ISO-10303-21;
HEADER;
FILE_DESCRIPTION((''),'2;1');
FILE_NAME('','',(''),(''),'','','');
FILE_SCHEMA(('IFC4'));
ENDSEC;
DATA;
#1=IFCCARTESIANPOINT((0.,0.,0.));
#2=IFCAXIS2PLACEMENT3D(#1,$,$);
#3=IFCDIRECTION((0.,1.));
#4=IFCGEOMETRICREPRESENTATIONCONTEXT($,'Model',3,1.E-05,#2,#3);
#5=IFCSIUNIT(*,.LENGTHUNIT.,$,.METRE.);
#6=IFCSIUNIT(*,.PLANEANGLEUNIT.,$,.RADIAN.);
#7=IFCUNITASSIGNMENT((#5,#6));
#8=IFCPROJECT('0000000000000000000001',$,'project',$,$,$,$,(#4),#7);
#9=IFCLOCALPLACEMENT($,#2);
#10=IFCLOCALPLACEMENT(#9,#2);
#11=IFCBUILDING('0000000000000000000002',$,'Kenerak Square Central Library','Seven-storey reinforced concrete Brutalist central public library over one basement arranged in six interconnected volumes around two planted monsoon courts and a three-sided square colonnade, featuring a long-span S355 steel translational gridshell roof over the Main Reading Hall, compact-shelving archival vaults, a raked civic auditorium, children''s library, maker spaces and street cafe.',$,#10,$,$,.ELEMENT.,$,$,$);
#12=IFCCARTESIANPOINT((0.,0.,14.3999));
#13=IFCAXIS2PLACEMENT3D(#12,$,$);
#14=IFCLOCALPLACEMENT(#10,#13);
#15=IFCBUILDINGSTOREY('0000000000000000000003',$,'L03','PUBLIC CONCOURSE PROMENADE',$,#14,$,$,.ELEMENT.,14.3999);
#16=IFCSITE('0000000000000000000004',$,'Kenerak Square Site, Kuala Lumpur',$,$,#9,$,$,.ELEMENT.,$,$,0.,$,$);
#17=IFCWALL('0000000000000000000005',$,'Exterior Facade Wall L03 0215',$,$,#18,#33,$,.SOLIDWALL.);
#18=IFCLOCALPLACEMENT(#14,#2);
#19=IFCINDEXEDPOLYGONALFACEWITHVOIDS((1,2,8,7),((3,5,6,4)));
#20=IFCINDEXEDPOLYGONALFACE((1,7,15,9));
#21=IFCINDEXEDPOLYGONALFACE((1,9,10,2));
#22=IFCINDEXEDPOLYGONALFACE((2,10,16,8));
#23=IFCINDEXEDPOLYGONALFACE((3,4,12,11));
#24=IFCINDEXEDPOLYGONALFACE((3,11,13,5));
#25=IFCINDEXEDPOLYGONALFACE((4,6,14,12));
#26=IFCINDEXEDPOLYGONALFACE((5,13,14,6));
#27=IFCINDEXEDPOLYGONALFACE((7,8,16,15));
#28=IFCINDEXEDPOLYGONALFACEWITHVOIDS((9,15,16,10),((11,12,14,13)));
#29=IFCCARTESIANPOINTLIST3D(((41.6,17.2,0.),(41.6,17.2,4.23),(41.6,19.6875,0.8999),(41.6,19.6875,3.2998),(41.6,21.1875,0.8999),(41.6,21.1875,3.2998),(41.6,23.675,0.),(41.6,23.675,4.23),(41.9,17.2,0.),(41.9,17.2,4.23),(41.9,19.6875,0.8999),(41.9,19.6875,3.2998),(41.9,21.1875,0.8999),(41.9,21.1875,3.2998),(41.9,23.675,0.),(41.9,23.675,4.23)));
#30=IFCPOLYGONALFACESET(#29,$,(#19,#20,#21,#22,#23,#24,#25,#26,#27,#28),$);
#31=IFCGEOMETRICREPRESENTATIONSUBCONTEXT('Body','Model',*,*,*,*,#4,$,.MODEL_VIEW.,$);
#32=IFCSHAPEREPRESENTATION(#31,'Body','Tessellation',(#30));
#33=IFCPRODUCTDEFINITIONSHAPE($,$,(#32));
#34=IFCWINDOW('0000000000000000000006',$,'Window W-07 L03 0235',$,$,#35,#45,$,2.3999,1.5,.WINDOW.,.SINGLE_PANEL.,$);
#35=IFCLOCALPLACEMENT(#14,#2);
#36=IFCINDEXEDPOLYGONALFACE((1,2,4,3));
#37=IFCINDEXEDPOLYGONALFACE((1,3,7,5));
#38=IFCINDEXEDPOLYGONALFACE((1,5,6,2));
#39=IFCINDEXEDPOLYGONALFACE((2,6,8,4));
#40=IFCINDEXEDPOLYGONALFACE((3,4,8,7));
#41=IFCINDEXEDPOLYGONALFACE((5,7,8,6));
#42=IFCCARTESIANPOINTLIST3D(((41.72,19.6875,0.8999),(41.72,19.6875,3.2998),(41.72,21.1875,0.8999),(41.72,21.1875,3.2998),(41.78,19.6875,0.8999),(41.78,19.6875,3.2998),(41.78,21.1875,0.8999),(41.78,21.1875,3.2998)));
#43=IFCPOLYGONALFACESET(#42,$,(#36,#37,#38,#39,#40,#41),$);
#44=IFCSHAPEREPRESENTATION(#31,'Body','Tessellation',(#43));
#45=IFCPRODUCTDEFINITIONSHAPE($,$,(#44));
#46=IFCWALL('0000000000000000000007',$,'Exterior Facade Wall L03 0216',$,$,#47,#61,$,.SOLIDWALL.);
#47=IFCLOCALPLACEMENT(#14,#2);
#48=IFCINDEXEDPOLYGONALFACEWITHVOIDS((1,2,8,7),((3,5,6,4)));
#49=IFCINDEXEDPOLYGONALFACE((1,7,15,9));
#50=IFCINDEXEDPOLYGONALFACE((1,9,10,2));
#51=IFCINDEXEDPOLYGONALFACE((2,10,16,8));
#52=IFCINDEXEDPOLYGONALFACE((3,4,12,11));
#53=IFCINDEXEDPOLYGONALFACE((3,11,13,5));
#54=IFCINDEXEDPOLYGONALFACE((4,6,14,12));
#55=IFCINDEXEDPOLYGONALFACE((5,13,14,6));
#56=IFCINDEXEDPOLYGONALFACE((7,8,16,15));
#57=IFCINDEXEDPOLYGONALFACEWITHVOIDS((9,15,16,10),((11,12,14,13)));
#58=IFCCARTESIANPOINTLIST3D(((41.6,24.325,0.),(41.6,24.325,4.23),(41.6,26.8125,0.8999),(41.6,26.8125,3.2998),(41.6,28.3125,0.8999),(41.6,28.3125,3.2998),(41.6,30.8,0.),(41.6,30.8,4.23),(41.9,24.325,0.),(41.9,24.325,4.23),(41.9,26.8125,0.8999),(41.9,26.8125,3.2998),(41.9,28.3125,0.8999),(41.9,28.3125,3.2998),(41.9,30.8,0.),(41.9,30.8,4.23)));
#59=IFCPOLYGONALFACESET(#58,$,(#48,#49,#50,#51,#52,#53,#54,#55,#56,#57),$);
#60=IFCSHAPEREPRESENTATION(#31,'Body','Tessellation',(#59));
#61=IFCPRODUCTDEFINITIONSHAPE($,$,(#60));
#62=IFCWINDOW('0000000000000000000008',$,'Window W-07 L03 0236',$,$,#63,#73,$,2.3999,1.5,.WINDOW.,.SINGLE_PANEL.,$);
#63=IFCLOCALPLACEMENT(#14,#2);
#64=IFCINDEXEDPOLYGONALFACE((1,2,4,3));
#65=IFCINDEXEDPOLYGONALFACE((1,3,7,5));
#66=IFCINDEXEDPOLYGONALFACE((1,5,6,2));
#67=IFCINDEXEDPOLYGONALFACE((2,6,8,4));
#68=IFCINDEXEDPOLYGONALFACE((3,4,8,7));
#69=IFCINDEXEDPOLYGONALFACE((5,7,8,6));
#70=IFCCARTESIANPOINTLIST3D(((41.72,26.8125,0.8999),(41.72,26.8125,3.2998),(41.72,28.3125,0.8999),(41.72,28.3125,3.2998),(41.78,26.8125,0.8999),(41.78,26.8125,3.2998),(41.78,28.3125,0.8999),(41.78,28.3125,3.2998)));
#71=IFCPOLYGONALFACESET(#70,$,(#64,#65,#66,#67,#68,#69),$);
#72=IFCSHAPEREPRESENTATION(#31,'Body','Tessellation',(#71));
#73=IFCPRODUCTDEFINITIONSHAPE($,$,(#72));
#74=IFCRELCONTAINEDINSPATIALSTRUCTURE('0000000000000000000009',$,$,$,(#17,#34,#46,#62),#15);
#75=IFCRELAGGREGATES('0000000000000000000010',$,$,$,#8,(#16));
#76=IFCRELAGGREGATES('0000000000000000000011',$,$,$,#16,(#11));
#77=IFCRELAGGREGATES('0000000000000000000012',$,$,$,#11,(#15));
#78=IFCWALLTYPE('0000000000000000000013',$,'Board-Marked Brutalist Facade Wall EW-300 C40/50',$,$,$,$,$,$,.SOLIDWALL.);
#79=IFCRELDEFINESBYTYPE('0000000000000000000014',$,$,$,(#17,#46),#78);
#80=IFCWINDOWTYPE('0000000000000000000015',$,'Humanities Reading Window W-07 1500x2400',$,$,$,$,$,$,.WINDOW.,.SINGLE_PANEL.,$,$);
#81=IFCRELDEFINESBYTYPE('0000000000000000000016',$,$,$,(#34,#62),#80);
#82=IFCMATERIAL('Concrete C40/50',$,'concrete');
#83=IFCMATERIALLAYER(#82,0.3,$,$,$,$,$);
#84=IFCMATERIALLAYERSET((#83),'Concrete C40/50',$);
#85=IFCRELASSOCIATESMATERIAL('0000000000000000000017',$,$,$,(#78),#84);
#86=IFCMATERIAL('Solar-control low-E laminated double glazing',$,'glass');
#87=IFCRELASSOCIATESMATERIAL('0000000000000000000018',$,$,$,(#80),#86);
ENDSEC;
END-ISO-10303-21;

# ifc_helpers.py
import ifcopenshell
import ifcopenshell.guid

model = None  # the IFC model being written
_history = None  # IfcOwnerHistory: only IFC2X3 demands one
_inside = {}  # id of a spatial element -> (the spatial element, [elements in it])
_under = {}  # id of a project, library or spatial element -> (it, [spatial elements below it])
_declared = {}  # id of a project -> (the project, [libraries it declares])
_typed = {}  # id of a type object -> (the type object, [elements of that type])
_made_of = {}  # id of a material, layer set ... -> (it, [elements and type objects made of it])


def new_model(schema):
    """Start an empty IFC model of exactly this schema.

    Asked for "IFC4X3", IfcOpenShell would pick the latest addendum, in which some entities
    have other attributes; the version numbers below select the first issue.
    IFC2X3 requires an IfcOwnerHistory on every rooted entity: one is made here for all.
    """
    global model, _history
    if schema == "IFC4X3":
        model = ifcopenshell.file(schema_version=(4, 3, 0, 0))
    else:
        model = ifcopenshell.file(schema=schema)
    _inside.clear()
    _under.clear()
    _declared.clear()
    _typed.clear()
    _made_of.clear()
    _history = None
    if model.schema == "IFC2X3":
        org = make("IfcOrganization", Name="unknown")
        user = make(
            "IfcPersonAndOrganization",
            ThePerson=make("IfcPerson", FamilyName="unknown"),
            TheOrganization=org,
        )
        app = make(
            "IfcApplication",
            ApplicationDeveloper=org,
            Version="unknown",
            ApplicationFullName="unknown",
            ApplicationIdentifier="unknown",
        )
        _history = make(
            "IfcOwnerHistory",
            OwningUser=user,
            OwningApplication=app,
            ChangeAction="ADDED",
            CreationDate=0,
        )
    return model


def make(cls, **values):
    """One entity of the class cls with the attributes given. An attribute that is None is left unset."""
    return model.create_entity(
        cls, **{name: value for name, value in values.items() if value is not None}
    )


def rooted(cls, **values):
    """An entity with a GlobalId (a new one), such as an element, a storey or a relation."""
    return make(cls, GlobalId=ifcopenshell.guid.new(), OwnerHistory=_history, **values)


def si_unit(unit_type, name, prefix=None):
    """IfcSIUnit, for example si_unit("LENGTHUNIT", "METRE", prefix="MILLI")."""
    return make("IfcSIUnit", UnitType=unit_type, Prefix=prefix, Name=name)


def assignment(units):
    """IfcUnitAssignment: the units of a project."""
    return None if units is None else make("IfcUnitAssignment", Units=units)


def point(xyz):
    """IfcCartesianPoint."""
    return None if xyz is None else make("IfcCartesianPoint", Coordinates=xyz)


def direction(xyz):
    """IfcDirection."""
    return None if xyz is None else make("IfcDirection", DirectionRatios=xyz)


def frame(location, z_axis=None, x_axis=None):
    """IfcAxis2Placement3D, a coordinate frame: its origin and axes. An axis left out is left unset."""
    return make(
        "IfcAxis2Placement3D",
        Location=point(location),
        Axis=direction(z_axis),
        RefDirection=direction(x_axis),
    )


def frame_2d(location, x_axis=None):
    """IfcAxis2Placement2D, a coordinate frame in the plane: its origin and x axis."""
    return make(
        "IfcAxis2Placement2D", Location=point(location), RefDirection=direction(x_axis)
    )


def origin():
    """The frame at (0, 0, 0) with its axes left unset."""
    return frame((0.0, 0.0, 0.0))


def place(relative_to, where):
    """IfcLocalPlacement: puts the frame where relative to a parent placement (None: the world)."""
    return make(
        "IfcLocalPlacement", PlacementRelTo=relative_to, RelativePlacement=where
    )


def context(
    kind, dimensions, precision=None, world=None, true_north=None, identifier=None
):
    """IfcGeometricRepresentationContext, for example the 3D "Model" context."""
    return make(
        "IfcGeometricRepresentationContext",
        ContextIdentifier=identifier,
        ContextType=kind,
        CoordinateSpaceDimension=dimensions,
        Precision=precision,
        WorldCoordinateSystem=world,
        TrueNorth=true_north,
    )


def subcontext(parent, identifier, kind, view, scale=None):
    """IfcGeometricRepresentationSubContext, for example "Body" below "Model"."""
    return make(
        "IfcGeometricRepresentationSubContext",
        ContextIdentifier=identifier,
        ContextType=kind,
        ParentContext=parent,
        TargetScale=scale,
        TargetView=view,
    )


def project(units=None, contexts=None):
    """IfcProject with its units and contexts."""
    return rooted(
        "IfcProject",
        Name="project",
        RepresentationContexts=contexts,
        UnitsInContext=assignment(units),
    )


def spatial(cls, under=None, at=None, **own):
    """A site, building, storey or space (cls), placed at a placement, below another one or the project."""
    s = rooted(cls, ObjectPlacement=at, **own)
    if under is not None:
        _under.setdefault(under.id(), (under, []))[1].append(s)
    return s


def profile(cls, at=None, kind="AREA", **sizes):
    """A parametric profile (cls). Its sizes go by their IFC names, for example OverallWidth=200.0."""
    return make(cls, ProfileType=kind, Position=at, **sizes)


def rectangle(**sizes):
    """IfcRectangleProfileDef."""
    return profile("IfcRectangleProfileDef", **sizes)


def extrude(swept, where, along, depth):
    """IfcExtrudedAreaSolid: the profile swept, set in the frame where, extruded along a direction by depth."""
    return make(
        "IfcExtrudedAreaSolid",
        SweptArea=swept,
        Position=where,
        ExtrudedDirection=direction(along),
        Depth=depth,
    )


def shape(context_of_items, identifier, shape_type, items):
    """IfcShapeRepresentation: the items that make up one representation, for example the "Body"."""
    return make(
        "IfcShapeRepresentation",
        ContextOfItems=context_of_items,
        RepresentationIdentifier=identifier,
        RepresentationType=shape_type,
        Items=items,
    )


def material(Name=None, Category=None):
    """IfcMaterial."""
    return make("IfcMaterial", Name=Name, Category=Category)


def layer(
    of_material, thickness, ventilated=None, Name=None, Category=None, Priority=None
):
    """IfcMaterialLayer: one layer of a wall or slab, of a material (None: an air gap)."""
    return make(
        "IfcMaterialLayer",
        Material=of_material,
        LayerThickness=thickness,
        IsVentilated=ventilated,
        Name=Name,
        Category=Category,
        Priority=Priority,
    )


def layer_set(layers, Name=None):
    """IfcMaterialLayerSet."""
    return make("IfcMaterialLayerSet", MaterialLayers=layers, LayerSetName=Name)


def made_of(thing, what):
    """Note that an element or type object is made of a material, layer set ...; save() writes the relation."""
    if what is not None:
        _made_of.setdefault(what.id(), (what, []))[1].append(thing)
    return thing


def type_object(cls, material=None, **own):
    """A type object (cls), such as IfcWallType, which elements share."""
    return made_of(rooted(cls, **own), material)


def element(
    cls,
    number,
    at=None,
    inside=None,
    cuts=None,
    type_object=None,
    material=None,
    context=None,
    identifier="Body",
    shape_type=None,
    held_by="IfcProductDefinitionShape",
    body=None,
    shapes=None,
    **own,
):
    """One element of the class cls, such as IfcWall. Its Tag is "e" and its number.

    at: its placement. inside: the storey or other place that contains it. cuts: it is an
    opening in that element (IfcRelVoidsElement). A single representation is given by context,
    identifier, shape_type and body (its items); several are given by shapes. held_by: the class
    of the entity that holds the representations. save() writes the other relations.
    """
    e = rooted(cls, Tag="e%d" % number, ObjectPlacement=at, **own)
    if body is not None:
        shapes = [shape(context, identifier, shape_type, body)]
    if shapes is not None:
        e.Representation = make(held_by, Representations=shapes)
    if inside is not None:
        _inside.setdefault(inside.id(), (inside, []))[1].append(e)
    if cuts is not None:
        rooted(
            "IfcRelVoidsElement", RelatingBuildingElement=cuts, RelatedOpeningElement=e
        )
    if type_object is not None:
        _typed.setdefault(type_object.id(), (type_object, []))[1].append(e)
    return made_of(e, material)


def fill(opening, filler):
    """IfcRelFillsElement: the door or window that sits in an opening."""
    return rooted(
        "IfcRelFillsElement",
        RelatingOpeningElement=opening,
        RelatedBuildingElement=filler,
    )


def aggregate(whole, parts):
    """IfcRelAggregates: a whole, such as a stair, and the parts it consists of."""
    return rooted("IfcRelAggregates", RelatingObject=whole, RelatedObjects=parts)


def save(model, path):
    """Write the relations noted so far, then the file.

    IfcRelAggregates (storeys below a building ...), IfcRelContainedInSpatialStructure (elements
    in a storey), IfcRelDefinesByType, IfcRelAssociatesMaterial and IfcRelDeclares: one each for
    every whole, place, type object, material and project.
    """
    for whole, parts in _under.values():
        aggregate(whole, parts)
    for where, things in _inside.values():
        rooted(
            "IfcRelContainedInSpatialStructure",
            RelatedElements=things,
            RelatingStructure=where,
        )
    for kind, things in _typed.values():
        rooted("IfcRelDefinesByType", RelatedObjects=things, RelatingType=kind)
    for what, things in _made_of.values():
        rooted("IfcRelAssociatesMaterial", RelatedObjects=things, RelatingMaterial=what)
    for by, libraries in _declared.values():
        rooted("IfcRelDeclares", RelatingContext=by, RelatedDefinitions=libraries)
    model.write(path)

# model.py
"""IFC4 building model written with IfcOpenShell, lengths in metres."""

from ifc_helpers import new_model, si_unit, direction, frame, frame_2d, origin, place, context, subcontext, project, spatial, rectangle, extrude, material, layer, layer_set, type_object, element, fill, save


model = new_model("IFC4")

# Units and contexts
model_context = context("Model", 3, precision=1e-05, world=origin(), true_north=direction((0.0, 1.0)))
body_context = subcontext(model_context, "Body", "Model", "MODEL_VIEW")
ifc_project = project(units=[si_unit("LENGTHUNIT", "METRE"), si_unit("PLANEANGLEUNIT", "RADIAN")], contexts=[model_context])

# Site, building, storey
site_placement = place(None, origin())
site = spatial("IfcSite", under=ifc_project, at=site_placement, Name="Kenerak Square Site, Kuala Lumpur", CompositionType="ELEMENT", RefElevation=0.0)
building_placement = place(site_placement, origin())
building = spatial("IfcBuilding", under=site, at=building_placement, Name="Kenerak Square Central Library", Description="Seven-storey reinforced concrete Brutalist central public library over one basement arranged in six interconnected volumes around two planted monsoon courts and a three-sided square colonnade, featuring a long-span S355 steel translational gridshell roof over the Main Reading Hall, compact-shelving archival vaults, a raked civic auditorium, children's library, maker spaces and street cafe.", CompositionType="ELEMENT")
storey_placement = place(building_placement, frame((0.0, 0.0, 14.3999)))
storey = spatial("IfcBuildingStorey", under=building, at=storey_placement, Name="L03", Description="PUBLIC CONCOURSE PROMENADE", CompositionType="ELEMENT", Elevation=14.3999)

# Shared definitions
ifc_material_1 = material(Name="Concrete C40/50", Category="concrete")

# Walls, openings, windows
ifc_layer_1 = layer(ifc_material_1, 0.3)
ifc_layer_set_1 = layer_set([ifc_layer_1], Name="Concrete C40/50")
wall_type = type_object("IfcWallType", Name="Board-Marked Brutalist Facade Wall EW-300 C40/50", PredefinedType="SOLIDWALL", material=ifc_layer_set_1)
wall_1_placement = place(storey_placement, frame((41.75, 17.2, 0.0), z_axis=(0.0, 0.0, 1.0), x_axis=(0.0, 1.0, 0.0)))
wall_1 = element("IfcWall", 1, at=wall_1_placement, inside=storey, type_object=wall_type, Name="Exterior Facade Wall L03 0215", PredefinedType="SOLIDWALL", context=body_context, shape_type="SweptSolid", body=[
    extrude(rectangle(XDim=6.4751, YDim=0.3, at=frame_2d((3.2375, 0.0))), origin(), (0.0, 0.0, 1.0), 4.23),
])
opening_1_placement = place(wall_1_placement, frame((2.4875, 0.0, 0.8999)))
opening_1 = element("IfcOpeningElement", 2, at=opening_1_placement, cuts=wall_1, PredefinedType="OPENING", context=body_context, shape_type="SweptSolid", body=[
    extrude(rectangle(XDim=1.5, YDim=2.3999, at=frame_2d((0.75, 1.2))), frame((0.0, 0.1599, 0.0), z_axis=(0.0, -1.0, 0.0), x_axis=(1.0, 0.0, 0.0)), (0.0, 0.0, 1.0), 0.3201),
])
ifc_material_2 = material(Name="Solar-control low-E laminated double glazing", Category="glass")
window_type = type_object("IfcWindowType", Name="Humanities Reading Window W-07 1500x2400", PartitioningType="SINGLE_PANEL", PredefinedType="WINDOW", material=ifc_material_2)
window_1_placement = place(opening_1_placement, origin())
window_1 = element("IfcWindow", 3, at=window_1_placement, inside=storey, type_object=window_type, Name="Window W-07 L03 0235", OverallHeight=2.3999, OverallWidth=1.5, PartitioningType="SINGLE_PANEL", PredefinedType="WINDOW", context=body_context, shape_type="SweptSolid", body=[
    extrude(rectangle(XDim=1.5, YDim=2.3999, at=frame_2d((0.75, 1.2))), frame((0.0, 0.03, 0.0), z_axis=(0.0, -1.0, 0.0), x_axis=(1.0, 0.0, 0.0)), (0.0, 0.0, 1.0), 0.0601),
])
fill(opening_1, window_1)
wall_2_placement = place(storey_placement, frame((41.75, 24.325, 0.0), z_axis=(0.0, 0.0, 1.0), x_axis=(0.0, 1.0, 0.0)))
wall_2 = element("IfcWall", 4, at=wall_2_placement, inside=storey, type_object=wall_type, Name="Exterior Facade Wall L03 0216", PredefinedType="SOLIDWALL", context=body_context, shape_type="SweptSolid", body=[
    extrude(rectangle(XDim=6.4751, YDim=0.3, at=frame_2d((3.2375, 0.0))), origin(), (0.0, 0.0, 1.0), 4.23),
])
opening_2_placement = place(wall_2_placement, frame((2.4875, 0.0, 0.8999)))
opening_2 = element("IfcOpeningElement", 5, at=opening_2_placement, cuts=wall_2, PredefinedType="OPENING", context=body_context, shape_type="SweptSolid", body=[
    extrude(rectangle(XDim=1.5, YDim=2.3999, at=frame_2d((0.75, 1.2))), frame((0.0, 0.1599, 0.0), z_axis=(0.0, -1.0, 0.0), x_axis=(1.0, 0.0, 0.0)), (0.0, 0.0, 1.0), 0.3201),
])
window_2_placement = place(opening_2_placement, origin())
window_2 = element("IfcWindow", 6, at=window_2_placement, inside=storey, type_object=window_type, Name="Window W-07 L03 0236", OverallHeight=2.3999, OverallWidth=1.5, PartitioningType="SINGLE_PANEL", PredefinedType="WINDOW", context=body_context, shape_type="SweptSolid", body=[
    extrude(rectangle(XDim=1.5, YDim=2.3999, at=frame_2d((0.75, 1.2))), frame((0.0, 0.03, 0.0), z_axis=(0.0, -1.0, 0.0), x_axis=(1.0, 0.0, 0.0)), (0.0, 0.0, 1.0), 0.0601),
])
fill(opening_2, window_2)

save(model, "model.ifc")
